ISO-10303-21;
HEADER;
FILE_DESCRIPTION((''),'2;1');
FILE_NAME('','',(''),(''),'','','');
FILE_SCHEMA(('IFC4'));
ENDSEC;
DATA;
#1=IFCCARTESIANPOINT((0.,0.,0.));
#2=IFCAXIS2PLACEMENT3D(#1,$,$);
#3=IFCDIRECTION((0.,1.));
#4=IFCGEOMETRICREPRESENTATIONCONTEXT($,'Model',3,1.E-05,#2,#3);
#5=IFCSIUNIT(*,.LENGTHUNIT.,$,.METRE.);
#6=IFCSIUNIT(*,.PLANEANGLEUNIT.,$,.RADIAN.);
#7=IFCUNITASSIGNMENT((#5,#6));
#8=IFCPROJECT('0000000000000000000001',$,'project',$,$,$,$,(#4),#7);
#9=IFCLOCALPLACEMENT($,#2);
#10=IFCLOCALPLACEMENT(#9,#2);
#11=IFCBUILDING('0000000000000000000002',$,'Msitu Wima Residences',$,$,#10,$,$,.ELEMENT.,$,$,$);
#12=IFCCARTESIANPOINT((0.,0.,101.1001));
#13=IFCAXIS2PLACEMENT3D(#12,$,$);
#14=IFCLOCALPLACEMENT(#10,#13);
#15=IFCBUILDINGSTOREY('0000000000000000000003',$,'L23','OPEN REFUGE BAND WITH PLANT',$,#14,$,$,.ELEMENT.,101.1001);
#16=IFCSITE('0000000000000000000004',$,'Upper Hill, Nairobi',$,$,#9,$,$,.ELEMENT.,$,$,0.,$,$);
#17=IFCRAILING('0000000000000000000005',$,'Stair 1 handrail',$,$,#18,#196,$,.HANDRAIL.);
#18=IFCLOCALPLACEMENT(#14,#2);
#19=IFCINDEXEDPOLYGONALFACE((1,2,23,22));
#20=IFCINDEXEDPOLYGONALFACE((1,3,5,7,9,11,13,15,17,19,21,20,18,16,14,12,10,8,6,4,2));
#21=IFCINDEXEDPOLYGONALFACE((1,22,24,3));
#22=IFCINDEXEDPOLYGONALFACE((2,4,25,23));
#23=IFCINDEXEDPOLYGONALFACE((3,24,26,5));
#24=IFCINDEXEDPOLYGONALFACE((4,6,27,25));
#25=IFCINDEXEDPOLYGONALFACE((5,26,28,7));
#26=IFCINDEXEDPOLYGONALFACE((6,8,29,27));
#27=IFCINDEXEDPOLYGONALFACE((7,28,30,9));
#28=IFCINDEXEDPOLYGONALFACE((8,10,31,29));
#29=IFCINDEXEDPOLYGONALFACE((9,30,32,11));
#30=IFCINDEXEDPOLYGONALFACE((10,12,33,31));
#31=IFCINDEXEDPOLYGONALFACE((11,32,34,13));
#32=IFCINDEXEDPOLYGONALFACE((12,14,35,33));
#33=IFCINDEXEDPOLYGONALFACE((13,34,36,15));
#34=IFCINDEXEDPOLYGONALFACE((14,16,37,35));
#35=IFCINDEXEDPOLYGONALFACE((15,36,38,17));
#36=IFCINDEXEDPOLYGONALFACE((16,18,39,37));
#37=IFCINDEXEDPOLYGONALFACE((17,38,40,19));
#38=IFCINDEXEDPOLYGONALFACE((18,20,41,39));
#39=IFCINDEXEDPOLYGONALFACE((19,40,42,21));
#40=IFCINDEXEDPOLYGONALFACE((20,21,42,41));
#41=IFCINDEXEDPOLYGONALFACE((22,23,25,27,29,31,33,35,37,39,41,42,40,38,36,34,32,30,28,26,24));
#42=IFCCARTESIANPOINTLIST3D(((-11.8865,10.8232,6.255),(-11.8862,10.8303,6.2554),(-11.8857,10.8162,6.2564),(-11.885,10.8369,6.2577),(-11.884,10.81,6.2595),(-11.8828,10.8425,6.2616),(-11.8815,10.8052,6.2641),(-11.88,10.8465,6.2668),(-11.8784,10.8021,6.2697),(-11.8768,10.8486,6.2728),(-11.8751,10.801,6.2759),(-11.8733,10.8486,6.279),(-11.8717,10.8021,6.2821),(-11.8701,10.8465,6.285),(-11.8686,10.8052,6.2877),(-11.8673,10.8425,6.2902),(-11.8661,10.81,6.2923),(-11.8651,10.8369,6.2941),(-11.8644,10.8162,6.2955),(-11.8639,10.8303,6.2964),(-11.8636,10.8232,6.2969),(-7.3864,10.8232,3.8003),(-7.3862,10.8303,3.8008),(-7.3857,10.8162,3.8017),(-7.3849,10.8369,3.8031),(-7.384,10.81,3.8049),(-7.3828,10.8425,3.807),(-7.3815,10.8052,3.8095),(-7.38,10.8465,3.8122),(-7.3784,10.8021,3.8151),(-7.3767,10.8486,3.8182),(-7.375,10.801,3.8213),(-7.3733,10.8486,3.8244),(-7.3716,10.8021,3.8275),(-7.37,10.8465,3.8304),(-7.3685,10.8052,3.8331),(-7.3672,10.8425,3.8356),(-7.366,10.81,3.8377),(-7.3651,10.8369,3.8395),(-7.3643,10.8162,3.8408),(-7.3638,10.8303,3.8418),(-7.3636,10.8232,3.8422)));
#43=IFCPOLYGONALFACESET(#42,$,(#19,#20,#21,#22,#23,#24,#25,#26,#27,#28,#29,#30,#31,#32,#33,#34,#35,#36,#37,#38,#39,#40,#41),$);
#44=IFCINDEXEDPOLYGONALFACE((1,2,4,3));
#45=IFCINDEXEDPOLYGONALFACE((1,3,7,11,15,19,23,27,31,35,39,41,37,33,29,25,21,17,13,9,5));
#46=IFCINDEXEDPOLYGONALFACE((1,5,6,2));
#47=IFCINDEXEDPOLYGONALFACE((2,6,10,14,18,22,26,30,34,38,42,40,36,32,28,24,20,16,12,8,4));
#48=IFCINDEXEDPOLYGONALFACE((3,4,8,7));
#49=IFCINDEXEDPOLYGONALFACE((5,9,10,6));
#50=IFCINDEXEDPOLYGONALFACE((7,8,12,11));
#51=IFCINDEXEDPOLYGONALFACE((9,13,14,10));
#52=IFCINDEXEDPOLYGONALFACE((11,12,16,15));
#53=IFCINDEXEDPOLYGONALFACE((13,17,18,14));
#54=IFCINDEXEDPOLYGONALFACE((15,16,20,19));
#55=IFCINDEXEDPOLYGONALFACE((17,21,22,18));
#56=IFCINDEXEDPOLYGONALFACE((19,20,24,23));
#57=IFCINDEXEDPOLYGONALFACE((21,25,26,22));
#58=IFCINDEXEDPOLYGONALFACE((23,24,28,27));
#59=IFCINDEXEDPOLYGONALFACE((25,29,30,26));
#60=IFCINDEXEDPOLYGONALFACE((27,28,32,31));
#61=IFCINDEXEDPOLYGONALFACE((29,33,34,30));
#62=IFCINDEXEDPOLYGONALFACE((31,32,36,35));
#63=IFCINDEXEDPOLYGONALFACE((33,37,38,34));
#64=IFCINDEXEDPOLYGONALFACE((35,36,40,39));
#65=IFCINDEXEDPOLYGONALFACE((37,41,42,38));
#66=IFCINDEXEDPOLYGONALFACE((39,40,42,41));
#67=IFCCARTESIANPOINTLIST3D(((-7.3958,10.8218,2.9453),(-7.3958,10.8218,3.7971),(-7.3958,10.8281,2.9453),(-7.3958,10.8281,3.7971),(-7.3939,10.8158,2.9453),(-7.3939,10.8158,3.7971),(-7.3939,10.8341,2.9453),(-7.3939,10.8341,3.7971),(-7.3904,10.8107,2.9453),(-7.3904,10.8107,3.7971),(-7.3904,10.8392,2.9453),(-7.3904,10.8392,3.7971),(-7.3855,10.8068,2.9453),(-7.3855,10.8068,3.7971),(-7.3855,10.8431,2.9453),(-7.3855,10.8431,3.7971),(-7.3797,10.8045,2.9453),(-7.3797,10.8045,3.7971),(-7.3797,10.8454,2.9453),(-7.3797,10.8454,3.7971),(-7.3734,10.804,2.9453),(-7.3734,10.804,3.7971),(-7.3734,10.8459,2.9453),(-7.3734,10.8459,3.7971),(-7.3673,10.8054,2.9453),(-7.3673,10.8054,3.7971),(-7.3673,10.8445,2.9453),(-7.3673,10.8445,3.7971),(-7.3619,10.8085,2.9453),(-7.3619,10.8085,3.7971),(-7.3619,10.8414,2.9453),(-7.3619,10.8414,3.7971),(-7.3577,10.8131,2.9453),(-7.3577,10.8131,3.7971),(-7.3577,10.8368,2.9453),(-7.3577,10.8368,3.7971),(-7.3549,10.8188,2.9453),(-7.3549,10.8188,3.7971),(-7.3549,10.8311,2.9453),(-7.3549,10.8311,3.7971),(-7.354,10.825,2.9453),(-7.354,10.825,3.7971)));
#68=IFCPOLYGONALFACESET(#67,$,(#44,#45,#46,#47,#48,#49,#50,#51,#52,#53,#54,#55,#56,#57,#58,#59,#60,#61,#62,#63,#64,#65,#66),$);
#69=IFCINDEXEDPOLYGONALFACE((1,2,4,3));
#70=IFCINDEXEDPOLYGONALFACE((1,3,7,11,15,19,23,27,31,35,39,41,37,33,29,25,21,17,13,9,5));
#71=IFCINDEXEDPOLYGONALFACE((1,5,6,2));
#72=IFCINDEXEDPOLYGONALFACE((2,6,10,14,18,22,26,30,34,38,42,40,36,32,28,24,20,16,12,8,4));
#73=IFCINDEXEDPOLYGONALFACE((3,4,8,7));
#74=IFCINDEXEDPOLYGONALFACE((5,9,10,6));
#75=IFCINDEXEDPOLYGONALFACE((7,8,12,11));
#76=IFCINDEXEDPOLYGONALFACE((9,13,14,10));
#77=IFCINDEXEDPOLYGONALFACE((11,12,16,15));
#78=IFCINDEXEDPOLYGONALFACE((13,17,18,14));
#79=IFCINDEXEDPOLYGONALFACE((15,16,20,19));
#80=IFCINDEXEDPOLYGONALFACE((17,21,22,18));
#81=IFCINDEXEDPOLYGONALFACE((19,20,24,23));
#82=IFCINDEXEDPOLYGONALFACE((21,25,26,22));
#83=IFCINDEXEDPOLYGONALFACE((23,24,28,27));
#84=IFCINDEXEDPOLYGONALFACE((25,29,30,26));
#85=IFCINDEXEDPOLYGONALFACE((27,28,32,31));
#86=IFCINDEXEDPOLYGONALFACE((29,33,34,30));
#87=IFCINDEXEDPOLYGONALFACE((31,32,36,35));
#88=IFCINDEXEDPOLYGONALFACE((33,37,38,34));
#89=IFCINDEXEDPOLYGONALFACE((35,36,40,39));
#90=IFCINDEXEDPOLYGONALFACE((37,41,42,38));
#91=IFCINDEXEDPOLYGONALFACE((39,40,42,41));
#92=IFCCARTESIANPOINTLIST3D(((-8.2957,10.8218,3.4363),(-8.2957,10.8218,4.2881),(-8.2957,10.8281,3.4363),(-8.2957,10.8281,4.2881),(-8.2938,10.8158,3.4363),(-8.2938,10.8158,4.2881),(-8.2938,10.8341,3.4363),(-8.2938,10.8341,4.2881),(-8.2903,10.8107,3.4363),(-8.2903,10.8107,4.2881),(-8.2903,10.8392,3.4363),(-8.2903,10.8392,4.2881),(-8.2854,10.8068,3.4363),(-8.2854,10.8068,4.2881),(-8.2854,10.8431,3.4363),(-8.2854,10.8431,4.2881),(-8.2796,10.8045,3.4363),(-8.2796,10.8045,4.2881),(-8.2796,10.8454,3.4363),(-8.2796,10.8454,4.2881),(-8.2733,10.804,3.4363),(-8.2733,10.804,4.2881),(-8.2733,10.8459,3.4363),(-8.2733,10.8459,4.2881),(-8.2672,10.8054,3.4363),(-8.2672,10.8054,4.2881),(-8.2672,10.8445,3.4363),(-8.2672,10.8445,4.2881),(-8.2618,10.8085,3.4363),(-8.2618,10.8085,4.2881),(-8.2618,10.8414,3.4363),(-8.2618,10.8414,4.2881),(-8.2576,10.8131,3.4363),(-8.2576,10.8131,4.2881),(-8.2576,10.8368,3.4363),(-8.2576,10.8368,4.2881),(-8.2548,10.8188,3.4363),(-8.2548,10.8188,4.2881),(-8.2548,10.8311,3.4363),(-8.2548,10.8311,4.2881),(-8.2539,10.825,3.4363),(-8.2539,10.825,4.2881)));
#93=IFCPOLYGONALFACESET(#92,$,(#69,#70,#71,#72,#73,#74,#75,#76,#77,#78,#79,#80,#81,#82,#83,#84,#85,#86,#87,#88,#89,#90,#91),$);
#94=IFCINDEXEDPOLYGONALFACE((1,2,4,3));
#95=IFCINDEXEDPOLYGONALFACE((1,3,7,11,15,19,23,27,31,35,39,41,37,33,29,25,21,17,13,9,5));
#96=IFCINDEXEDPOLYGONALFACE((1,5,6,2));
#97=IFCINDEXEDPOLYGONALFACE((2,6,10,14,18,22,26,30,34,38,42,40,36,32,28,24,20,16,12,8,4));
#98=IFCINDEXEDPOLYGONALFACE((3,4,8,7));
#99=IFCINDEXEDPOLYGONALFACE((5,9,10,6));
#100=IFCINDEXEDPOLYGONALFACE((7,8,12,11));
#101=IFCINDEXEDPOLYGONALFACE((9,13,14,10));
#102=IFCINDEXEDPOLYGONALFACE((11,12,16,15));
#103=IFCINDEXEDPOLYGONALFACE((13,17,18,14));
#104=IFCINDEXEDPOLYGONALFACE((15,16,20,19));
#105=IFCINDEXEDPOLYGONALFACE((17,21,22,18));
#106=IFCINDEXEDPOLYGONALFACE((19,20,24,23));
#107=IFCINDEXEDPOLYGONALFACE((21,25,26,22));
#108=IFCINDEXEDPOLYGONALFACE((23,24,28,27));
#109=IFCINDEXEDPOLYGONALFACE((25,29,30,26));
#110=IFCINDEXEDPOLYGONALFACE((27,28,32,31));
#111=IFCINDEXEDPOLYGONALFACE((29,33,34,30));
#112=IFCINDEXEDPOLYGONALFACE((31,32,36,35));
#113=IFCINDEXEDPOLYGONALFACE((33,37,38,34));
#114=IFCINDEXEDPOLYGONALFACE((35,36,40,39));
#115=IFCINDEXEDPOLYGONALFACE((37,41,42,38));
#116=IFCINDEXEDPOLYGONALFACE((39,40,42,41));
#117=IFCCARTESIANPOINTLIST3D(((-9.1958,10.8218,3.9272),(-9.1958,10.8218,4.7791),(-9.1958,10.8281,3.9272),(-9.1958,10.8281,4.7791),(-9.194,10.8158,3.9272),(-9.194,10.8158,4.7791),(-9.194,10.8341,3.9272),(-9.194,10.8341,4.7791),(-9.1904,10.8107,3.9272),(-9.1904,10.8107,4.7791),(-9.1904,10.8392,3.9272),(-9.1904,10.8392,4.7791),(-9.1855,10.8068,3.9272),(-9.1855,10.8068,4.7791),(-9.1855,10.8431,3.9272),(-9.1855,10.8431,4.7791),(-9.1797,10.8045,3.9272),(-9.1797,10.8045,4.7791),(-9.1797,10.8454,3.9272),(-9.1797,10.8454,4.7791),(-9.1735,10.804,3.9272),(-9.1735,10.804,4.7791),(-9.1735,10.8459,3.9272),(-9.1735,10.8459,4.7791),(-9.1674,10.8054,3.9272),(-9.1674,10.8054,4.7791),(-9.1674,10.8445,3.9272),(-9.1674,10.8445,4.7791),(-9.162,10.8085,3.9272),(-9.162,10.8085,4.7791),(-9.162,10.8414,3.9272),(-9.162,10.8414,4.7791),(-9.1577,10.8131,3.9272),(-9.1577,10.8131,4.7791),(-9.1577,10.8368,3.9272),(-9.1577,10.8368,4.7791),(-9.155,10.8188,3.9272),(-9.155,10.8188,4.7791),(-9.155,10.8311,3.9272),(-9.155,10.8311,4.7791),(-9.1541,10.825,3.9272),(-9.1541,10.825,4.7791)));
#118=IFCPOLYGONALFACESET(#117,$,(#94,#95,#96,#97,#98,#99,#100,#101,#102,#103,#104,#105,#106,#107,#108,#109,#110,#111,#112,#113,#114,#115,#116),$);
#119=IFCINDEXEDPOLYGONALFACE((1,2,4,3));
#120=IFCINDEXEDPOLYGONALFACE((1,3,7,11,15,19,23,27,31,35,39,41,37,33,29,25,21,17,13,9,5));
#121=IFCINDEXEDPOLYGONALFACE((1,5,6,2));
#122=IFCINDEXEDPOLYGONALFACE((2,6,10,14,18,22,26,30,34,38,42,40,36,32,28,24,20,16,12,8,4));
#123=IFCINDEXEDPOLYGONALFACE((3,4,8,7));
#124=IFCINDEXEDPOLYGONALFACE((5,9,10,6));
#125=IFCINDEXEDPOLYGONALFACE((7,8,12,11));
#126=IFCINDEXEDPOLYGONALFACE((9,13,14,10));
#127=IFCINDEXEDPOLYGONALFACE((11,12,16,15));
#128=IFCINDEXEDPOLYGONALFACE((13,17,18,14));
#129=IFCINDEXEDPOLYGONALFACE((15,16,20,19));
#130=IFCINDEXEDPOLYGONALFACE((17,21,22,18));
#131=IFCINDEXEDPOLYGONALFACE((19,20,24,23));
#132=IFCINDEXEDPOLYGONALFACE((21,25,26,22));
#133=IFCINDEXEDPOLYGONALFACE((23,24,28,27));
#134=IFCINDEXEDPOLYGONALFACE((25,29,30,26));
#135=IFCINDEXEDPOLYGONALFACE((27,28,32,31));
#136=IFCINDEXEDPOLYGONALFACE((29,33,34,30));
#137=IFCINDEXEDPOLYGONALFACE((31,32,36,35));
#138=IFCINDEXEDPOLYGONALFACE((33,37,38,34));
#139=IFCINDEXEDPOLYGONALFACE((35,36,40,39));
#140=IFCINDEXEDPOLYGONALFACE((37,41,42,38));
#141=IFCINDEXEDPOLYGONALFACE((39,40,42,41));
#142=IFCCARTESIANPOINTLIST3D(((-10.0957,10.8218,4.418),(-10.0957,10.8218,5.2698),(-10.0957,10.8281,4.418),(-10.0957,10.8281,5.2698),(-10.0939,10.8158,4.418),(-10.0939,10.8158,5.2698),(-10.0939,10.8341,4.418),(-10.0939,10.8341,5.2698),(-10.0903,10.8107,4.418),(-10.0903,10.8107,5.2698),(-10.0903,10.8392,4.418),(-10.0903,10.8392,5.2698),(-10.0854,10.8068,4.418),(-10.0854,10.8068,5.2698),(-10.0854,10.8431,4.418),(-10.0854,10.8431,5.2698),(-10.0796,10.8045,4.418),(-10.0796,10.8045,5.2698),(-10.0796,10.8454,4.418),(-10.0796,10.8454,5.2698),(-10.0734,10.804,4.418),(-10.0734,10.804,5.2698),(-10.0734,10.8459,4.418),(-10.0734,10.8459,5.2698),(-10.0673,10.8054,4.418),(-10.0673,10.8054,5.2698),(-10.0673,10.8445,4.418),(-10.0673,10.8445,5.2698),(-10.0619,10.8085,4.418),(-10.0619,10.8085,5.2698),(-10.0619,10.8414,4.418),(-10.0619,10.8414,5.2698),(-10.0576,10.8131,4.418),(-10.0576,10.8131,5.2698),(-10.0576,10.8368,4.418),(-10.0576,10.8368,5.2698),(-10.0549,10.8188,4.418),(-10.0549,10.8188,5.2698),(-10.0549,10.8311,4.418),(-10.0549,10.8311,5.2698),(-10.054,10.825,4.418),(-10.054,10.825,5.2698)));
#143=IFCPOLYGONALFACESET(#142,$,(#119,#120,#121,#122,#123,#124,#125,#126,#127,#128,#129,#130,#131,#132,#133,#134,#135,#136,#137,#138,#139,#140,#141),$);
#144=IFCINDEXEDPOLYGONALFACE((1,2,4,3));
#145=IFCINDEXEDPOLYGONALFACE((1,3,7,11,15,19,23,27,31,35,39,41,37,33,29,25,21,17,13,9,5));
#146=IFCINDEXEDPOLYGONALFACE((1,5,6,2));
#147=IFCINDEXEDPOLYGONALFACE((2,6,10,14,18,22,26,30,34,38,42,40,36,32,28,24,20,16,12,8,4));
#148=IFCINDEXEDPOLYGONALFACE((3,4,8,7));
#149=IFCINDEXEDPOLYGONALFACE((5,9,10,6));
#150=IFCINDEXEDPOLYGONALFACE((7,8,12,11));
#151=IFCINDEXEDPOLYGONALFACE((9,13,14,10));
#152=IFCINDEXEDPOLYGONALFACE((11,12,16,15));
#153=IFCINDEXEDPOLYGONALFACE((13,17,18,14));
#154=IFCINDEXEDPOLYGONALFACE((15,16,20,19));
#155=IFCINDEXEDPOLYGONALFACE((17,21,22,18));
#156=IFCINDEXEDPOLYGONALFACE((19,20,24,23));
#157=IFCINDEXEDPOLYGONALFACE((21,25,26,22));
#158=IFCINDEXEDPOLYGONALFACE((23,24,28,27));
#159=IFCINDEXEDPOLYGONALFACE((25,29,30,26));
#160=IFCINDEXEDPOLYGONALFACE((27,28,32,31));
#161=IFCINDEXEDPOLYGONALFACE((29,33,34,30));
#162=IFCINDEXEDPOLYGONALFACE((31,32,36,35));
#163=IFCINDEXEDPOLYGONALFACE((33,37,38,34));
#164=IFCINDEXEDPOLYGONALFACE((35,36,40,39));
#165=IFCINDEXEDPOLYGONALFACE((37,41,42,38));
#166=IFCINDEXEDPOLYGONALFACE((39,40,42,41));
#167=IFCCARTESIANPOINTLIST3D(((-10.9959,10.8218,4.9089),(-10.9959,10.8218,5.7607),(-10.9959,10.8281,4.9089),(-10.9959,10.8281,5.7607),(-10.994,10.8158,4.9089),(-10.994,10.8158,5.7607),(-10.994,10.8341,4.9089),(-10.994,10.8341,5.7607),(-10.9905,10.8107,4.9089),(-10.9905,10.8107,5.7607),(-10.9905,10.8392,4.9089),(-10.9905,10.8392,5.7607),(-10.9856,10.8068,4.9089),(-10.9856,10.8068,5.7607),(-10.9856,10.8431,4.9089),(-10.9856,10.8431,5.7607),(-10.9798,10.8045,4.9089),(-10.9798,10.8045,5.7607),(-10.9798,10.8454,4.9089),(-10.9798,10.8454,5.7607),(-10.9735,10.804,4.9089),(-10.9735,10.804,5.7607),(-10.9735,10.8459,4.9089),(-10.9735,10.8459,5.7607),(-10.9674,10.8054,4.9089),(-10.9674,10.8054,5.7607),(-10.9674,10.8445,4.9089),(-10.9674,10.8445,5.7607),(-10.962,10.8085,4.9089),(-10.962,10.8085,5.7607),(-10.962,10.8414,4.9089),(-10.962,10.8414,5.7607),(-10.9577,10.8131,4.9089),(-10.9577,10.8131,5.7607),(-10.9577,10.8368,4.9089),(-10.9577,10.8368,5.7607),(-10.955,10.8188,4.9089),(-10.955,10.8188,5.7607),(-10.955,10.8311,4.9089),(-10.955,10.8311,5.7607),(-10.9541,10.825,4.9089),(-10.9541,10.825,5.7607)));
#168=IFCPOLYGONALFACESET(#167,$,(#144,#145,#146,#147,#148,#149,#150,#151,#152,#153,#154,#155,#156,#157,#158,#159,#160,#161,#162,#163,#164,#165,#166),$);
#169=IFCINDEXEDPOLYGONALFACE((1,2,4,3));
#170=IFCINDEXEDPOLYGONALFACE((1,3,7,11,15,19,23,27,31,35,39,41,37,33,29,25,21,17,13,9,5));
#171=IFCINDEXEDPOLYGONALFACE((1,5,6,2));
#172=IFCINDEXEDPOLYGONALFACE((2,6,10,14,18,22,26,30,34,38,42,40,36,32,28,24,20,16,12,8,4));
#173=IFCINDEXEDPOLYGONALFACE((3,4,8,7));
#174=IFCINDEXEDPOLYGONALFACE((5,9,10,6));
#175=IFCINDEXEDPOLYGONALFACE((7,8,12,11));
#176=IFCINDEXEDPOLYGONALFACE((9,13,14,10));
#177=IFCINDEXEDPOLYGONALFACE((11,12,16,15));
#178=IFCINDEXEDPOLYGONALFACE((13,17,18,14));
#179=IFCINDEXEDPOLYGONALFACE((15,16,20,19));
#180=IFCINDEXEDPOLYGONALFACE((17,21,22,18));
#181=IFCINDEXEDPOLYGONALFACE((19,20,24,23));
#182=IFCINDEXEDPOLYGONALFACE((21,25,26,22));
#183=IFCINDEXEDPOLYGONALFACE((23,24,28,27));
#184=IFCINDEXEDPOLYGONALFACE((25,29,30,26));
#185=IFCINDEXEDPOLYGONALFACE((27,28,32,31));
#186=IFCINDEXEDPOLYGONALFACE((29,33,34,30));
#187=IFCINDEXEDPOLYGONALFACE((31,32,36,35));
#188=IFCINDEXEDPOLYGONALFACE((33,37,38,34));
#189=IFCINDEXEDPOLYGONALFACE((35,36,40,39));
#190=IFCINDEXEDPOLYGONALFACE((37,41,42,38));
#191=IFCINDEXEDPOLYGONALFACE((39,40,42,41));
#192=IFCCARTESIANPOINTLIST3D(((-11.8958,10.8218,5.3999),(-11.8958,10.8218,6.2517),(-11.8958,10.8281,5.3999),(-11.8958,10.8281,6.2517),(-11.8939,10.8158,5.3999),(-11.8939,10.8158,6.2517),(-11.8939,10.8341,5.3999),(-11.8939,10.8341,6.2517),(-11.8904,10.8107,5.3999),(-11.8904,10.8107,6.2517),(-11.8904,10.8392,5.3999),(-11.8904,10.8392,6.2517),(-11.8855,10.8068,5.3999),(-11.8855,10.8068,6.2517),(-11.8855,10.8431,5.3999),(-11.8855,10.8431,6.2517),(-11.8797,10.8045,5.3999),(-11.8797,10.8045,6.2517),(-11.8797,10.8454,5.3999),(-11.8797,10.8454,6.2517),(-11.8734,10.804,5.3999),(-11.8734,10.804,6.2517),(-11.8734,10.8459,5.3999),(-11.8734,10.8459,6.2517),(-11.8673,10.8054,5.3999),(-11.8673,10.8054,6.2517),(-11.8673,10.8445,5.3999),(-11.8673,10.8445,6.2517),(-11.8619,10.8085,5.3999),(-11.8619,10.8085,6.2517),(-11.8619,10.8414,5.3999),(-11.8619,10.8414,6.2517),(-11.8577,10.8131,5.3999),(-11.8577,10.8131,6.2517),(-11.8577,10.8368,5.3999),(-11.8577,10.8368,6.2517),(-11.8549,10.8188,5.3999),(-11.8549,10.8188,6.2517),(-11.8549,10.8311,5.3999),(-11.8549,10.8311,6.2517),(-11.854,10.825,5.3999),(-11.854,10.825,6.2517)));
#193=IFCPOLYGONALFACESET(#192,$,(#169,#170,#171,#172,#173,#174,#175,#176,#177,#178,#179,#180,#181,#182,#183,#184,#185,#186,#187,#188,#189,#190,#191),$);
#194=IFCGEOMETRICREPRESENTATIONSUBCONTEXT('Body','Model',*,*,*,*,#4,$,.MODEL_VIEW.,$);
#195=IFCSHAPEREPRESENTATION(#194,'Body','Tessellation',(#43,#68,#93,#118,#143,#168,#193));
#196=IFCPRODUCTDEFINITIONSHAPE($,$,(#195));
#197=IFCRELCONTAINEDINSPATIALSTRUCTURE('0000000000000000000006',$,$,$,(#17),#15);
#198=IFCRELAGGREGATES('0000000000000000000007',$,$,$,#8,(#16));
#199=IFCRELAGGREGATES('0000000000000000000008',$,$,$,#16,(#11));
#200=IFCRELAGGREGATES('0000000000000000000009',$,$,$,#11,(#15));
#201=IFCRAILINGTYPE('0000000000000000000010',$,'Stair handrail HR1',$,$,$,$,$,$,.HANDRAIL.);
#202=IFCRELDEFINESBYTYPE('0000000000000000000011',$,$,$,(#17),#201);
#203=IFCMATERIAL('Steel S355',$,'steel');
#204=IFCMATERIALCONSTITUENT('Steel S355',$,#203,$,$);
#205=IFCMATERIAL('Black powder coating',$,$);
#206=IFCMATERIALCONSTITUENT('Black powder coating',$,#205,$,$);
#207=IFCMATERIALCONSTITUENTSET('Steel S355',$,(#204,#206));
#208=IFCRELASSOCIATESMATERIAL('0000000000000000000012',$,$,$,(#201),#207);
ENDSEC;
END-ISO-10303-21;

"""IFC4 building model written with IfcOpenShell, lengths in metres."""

from ifc_helpers import new_model, si_unit, direction, frame, origin, origin_2d, place, context, subcontext, project, spatial, circle, extrude, material, constituent, constituent_set, type_object, element, save


model = new_model("IFC4")

# Units and contexts
model_context = context("Model", 3, precision=1e-05, world=origin(), true_north=direction((0.0, 1.0)))
body_context = subcontext(model_context, "Body", "Model", "MODEL_VIEW")
ifc_project = project(units=[si_unit("LENGTHUNIT", "METRE"), si_unit("PLANEANGLEUNIT", "RADIAN")], contexts=[model_context])

# Site, building, storey
site_placement = place(None, origin())
site = spatial("IfcSite", under=ifc_project, at=site_placement, Name="Upper Hill, Nairobi", CompositionType="ELEMENT", RefElevation=0.0)
building_placement = place(site_placement, origin())
building = spatial("IfcBuilding", under=site, at=building_placement, Name="Msitu Wima Residences", CompositionType="ELEMENT")
storey_placement = place(building_placement, frame((0.0, 0.0, 101.1001)))
storey = spatial("IfcBuildingStorey", under=building, at=storey_placement, Name="L23", Description="OPEN REFUGE BAND WITH PLANT", CompositionType="ELEMENT", Elevation=101.1001)

# Railing
ifc_material_1 = material(Name="Steel S355", Category="steel")
ifc_constituent_1 = constituent(ifc_material_1, Name="Steel S355")
ifc_material_2 = material(Name="Black powder coating")
ifc_constituent_2 = constituent(ifc_material_2, Name="Black powder coating")
ifc_constituent_set = constituent_set(constituents=[ifc_constituent_1, ifc_constituent_2], Name="Steel S355")
railing_type = type_object("IfcRailingType", Name="Stair handrail HR1", PredefinedType="HANDRAIL", material=ifc_constituent_set)
for number, where, name in (
    (1, (-7.375, 10.825, 2.9453), "Stair 1 handrail"),
):
    element("IfcRailing", number, at=place(storey_placement, frame(where)), inside=storey, type_object=railing_type, Name=name, PredefinedType="HANDRAIL", context=body_context, shape_type="SweptSolid", body=[
        extrude(circle(Radius=0.0239, at=origin_2d()), frame((0.0, 0.0, 0.876), z_axis=(-0.877892, 0.0, 0.478859), x_axis=(0.0, -1.0, 0.0)), (0.0, 0.0, 1.0), 5.126),
        extrude(circle(Radius=0.021, at=origin_2d()), origin(), (0.0, 0.0, 1.0), 0.8518),
        extrude(circle(Radius=0.021, at=origin_2d()), frame((-0.8999, 0.0, 0.491)), (0.0, 0.0, 1.0), 0.8518),
        extrude(circle(Radius=0.021, at=origin_2d()), frame((-1.8, 0.0, 0.9819)), (0.0, 0.0, 1.0), 0.8518),
        extrude(circle(Radius=0.021, at=origin_2d()), frame((-2.7, 0.0, 1.4727)), (0.0, 0.0, 1.0), 0.8518),
        extrude(circle(Radius=0.021, at=origin_2d()), frame((-3.6001, 0.0, 1.9636)), (0.0, 0.0, 1.0), 0.8518),
        extrude(circle(Radius=0.021, at=origin_2d()), frame((-4.5, 0.0, 2.4546)), (0.0, 0.0, 1.0), 0.8518),
    ])

save(model, "model.ifc")
